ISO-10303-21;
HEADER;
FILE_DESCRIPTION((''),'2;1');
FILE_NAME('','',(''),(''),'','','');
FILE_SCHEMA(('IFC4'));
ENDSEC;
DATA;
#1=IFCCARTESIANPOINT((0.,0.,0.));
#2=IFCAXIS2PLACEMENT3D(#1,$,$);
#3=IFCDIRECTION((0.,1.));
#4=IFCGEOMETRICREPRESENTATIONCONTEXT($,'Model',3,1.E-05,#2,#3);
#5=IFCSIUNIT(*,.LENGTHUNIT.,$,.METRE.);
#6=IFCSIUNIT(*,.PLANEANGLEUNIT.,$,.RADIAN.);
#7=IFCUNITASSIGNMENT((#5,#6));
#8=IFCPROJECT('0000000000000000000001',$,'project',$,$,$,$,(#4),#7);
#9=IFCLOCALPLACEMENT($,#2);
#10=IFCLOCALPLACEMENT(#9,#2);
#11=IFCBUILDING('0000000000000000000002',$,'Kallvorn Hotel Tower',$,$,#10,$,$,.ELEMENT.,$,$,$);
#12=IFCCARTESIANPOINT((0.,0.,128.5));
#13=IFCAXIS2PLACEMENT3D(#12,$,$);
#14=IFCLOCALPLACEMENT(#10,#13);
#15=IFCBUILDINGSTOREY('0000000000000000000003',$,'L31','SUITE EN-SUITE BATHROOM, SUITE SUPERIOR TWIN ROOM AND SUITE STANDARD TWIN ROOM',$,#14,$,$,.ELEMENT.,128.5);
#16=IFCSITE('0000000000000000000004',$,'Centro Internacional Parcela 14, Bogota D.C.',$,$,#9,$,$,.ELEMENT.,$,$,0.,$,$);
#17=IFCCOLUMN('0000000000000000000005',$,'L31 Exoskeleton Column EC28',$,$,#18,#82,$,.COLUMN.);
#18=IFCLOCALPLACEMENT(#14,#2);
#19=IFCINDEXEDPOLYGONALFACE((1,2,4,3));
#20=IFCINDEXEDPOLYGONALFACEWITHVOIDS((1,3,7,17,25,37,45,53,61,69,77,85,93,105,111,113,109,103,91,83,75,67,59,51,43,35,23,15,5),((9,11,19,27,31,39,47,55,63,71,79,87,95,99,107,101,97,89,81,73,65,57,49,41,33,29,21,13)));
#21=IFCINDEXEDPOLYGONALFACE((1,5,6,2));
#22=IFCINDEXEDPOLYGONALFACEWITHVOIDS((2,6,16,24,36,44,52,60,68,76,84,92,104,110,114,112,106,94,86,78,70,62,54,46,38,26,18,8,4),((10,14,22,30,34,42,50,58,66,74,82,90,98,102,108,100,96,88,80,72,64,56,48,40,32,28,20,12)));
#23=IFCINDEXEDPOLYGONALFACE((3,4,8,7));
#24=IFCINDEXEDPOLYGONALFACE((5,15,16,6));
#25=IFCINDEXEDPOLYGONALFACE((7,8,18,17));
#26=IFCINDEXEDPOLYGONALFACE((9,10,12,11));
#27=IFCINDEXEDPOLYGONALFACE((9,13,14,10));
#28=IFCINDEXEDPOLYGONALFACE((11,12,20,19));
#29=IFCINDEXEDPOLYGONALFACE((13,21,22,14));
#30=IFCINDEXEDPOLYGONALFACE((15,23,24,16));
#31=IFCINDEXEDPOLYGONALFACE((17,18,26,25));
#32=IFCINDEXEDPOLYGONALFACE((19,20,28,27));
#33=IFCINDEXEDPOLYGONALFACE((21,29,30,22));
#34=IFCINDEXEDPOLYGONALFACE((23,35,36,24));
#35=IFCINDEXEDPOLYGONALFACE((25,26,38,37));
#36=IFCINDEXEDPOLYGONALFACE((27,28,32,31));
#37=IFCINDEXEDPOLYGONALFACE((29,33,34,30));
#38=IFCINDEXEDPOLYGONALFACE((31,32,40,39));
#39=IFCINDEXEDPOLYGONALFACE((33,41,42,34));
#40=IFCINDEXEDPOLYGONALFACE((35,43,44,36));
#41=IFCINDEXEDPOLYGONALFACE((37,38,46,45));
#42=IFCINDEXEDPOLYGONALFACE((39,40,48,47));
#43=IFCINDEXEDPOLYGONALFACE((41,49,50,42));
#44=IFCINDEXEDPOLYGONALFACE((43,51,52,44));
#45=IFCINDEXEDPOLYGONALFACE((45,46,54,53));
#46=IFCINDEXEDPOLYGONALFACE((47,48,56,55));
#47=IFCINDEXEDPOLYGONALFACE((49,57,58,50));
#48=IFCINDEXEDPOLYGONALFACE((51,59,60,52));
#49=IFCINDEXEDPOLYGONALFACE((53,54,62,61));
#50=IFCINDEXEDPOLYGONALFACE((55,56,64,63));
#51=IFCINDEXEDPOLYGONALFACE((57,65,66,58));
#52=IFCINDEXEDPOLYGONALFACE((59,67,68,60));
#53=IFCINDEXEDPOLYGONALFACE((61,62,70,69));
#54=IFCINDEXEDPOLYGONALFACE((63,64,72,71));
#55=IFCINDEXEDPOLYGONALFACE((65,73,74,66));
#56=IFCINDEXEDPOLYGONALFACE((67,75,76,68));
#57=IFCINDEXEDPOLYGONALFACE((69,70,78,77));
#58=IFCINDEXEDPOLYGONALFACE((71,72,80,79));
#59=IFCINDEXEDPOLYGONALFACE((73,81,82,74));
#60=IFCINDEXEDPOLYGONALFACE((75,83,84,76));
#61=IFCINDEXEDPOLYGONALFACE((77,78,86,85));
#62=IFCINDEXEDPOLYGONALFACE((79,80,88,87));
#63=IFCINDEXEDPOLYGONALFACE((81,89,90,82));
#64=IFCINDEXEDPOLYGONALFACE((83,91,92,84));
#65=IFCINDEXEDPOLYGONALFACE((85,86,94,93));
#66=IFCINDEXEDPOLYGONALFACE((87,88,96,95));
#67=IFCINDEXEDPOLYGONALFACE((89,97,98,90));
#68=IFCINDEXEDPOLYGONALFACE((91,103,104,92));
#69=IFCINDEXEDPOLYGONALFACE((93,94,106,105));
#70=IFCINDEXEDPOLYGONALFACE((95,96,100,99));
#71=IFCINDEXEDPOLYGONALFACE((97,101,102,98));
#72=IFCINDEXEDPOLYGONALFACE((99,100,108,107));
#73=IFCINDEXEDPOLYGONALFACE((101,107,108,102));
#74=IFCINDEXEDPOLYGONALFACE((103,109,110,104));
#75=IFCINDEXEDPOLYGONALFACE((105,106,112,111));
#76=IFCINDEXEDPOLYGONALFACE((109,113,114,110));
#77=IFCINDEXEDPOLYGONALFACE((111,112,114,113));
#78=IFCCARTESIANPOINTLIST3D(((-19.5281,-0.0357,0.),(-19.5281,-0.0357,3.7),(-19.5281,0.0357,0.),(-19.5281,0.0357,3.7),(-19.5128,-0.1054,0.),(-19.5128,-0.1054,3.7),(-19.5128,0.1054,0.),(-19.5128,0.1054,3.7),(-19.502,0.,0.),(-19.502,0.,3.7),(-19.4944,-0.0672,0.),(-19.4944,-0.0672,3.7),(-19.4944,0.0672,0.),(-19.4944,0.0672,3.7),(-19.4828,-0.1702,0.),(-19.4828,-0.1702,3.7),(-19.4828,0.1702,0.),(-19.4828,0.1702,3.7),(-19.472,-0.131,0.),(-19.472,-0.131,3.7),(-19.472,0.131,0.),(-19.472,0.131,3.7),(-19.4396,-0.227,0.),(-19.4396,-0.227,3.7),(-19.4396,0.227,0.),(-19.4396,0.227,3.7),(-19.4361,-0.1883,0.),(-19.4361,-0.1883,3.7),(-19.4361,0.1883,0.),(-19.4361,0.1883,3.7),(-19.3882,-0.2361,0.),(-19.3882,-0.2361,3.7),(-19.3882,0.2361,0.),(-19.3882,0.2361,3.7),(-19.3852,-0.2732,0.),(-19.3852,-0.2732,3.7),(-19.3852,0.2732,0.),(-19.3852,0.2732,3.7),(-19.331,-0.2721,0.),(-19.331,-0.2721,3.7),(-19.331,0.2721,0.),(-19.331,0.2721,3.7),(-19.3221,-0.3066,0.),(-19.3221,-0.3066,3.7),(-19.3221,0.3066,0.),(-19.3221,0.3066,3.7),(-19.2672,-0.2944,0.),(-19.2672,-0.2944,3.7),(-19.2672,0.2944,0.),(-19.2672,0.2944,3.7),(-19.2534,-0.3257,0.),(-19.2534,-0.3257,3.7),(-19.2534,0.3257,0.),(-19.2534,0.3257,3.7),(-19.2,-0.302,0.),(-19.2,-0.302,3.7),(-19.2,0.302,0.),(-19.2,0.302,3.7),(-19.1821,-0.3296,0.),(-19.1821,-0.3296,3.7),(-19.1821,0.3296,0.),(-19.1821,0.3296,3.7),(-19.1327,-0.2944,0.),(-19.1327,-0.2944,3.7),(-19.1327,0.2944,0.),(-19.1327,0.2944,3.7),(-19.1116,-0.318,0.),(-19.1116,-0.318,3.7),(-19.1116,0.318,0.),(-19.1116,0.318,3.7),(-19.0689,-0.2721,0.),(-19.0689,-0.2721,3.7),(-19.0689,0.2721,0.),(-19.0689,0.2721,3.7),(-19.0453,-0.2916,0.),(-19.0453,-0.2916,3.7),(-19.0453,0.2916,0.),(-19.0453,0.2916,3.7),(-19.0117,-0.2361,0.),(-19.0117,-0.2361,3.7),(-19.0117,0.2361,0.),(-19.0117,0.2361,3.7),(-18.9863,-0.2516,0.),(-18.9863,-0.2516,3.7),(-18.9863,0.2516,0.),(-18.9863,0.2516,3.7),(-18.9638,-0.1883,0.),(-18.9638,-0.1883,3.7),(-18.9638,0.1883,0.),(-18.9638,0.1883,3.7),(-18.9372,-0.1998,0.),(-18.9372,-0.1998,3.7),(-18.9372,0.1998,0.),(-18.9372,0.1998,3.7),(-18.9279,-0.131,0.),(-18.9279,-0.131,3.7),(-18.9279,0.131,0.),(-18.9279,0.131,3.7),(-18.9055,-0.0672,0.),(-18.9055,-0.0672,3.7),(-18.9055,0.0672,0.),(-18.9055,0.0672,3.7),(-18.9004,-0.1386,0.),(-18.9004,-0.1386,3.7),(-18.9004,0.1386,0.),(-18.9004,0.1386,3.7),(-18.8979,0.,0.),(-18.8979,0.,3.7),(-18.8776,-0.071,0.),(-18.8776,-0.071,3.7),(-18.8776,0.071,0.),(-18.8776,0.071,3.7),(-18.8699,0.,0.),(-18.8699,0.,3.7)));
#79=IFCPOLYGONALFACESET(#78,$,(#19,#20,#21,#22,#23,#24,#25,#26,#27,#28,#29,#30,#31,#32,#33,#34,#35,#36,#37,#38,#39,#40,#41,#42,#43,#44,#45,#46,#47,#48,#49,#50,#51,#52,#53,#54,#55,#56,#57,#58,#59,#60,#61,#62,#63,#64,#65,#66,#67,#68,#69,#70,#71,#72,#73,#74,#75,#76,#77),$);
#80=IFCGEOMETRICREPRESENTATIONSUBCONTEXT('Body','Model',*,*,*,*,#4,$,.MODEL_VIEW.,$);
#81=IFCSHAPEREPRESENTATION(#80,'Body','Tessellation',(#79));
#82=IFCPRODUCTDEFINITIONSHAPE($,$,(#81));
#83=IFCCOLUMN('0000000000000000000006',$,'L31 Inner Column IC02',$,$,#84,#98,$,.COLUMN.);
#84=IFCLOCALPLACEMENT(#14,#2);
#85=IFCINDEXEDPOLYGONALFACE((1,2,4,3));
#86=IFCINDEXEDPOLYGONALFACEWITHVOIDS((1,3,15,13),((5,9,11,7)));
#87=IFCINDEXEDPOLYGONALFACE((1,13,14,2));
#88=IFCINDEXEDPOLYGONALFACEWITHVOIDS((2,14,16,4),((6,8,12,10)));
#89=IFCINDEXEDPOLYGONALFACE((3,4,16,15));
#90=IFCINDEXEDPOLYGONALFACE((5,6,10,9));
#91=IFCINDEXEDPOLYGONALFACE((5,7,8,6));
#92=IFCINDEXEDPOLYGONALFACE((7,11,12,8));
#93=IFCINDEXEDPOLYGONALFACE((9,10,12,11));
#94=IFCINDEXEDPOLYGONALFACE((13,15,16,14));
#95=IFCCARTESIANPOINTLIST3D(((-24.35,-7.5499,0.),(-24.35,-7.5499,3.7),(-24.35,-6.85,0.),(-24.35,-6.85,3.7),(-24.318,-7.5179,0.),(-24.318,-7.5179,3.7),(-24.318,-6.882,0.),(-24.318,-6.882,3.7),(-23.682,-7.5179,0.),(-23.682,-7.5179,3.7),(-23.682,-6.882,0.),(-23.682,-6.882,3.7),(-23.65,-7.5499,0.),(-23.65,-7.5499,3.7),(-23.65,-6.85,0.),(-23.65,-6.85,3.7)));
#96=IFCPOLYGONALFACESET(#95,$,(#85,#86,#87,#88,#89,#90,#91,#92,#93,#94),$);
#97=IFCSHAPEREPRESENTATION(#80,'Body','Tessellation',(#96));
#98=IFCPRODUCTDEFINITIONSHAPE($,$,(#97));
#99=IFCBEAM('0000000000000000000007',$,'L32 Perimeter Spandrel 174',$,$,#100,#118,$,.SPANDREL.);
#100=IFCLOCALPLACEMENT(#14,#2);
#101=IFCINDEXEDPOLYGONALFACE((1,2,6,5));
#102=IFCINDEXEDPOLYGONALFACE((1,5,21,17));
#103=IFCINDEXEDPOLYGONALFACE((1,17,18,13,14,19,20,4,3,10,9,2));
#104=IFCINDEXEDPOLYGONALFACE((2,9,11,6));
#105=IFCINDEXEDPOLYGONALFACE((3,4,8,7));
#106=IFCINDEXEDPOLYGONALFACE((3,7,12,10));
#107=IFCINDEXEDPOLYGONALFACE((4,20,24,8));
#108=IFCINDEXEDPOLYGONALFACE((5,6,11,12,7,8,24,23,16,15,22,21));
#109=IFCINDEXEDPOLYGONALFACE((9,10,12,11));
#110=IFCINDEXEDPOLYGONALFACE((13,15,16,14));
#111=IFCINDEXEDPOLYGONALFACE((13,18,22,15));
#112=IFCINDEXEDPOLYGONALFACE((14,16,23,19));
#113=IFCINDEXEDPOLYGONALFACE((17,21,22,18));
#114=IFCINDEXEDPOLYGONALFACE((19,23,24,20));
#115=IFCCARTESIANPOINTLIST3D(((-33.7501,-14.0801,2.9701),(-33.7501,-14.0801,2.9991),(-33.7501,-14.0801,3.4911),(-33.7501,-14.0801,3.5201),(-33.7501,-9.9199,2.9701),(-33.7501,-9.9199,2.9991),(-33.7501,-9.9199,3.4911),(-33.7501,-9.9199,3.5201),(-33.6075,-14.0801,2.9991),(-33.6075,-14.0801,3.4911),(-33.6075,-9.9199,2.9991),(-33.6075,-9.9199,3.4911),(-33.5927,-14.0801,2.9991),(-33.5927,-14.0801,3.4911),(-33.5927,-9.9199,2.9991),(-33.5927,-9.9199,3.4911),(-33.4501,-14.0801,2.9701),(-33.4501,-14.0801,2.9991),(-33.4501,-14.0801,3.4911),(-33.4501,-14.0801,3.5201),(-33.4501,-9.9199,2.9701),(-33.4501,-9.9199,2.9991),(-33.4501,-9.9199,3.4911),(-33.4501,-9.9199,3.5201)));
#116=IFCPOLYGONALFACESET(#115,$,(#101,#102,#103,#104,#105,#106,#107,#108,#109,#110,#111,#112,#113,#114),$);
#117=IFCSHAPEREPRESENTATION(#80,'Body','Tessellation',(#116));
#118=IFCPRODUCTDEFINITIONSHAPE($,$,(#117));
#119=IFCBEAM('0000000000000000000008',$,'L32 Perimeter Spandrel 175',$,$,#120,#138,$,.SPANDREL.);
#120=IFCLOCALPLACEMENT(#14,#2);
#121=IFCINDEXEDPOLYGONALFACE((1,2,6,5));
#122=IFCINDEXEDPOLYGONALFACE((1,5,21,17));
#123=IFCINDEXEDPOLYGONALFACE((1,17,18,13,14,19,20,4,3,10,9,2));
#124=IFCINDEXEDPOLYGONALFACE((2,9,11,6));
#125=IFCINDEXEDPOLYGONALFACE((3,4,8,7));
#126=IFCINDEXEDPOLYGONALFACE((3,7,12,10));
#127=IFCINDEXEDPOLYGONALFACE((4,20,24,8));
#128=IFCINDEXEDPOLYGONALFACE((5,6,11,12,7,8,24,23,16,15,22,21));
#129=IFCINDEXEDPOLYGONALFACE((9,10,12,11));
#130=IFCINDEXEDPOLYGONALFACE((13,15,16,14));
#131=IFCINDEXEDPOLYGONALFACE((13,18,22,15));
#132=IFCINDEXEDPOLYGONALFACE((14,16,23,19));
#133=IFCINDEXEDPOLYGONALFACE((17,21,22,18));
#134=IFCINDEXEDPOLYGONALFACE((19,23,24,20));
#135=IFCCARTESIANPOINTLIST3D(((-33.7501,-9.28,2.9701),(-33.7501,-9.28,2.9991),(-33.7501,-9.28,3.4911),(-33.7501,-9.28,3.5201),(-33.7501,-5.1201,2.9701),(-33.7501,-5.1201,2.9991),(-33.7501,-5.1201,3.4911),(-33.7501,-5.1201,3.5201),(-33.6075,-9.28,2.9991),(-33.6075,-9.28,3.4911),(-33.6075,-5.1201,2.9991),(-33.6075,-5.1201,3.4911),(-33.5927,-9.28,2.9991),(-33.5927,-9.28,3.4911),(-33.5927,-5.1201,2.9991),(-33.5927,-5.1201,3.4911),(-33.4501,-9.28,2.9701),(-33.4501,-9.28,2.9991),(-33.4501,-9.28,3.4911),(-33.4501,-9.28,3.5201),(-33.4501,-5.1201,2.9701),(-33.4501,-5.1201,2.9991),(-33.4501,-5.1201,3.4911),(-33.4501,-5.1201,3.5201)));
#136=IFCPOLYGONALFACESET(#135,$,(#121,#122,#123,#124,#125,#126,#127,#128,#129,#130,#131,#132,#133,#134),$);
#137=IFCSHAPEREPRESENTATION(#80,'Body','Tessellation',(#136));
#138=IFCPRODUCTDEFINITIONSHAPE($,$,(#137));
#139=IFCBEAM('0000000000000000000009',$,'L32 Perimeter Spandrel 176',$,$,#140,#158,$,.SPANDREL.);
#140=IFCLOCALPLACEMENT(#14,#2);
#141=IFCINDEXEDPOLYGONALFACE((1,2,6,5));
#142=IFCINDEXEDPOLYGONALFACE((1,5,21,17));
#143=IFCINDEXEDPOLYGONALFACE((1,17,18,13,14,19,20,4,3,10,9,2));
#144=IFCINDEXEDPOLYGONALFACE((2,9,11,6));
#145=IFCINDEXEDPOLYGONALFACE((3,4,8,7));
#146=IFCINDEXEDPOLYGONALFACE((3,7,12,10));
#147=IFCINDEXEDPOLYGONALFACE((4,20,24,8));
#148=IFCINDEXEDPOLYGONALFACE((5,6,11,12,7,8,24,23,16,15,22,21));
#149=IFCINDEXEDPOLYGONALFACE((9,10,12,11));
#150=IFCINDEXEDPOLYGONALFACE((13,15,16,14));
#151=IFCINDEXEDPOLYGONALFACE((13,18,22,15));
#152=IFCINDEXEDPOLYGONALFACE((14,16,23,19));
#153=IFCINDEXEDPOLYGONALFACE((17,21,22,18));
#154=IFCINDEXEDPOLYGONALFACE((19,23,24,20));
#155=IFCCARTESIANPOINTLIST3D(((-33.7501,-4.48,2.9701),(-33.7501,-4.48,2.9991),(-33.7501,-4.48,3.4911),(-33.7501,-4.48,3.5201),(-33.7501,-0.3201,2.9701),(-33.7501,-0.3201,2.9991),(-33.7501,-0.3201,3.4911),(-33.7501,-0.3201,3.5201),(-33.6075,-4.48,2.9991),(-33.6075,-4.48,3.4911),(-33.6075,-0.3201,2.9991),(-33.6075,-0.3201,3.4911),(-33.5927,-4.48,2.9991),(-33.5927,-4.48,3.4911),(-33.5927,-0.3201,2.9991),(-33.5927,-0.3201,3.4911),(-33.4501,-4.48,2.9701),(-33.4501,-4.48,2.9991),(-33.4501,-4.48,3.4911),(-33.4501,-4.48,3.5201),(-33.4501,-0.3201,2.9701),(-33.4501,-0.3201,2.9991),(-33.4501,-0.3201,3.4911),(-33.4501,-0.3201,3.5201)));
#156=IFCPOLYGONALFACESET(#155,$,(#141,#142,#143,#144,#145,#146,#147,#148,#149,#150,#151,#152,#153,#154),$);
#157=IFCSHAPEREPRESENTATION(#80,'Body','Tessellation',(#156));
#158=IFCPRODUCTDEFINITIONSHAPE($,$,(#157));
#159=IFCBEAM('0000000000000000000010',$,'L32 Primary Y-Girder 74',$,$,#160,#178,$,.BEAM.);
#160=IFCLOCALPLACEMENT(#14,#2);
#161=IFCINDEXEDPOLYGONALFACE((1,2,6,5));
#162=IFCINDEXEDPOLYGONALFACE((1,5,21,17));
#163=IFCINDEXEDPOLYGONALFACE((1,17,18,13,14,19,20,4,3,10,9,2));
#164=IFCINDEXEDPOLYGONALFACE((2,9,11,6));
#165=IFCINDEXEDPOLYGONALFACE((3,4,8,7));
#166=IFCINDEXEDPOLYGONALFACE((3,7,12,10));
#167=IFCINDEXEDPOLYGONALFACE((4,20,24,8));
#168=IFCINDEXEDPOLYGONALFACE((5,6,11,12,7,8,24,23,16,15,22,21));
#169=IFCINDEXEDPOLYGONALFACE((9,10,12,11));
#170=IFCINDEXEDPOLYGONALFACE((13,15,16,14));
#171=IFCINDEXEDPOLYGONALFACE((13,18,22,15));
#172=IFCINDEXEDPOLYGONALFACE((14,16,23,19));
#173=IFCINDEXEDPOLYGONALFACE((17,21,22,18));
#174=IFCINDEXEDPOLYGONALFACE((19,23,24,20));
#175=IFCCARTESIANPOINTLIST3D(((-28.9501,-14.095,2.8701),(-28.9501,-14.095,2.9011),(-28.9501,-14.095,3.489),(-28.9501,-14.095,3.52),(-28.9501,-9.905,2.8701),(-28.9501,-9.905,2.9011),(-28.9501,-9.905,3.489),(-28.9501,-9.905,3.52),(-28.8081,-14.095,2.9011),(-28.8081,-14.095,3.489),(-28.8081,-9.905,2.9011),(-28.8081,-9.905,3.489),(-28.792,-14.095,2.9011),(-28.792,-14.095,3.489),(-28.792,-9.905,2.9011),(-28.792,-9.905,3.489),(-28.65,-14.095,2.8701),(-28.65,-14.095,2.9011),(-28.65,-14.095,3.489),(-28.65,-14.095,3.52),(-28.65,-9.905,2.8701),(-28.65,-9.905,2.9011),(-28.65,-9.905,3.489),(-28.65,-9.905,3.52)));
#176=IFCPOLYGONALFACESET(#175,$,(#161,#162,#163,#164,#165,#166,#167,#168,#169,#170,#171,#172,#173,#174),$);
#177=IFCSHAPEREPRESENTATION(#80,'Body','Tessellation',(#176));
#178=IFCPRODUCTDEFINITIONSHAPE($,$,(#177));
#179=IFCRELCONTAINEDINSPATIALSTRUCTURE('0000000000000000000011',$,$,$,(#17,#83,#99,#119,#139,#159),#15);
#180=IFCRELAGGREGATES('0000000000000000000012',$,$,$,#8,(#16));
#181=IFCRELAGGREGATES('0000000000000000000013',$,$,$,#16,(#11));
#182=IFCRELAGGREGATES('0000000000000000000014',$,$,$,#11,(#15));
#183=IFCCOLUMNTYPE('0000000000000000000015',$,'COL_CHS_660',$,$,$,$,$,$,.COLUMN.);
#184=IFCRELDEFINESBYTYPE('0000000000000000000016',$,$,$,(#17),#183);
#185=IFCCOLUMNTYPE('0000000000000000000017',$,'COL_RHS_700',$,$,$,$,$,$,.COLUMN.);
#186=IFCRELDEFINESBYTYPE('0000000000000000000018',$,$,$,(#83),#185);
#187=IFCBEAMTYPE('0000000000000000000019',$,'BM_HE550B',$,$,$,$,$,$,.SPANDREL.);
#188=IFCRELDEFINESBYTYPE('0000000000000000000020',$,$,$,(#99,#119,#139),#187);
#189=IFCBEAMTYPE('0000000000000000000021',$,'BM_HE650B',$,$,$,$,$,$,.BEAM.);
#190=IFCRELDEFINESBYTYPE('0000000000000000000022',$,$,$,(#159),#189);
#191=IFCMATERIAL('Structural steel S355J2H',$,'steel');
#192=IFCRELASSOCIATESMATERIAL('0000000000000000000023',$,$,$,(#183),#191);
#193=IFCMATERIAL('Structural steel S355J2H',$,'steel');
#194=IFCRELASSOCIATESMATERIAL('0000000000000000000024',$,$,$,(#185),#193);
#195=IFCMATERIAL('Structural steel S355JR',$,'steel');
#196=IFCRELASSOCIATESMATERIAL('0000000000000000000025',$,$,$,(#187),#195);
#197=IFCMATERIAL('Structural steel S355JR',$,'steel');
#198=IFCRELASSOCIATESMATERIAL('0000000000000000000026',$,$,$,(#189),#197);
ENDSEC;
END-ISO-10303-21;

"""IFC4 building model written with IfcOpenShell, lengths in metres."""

from ifc_helpers import new_model, si_unit, direction, frame, origin, origin_2d, place, context, subcontext, project, spatial, hollow_rectangle, hollow_circle, i_section, extrude, material, material_profile, profile_set, type_object, element, save


model = new_model("IFC4")

# Units and contexts
model_context = context("Model", 3, precision=1e-05, world=origin(), true_north=direction((0.0, 1.0)))
body_context = subcontext(model_context, "Body", "Model", "MODEL_VIEW")
ifc_project = project(units=[si_unit("LENGTHUNIT", "METRE"), si_unit("PLANEANGLEUNIT", "RADIAN")], contexts=[model_context])

# Site, building, storey
site_placement = place(None, origin())
site = spatial("IfcSite", under=ifc_project, at=site_placement, Name="Centro Internacional Parcela 14, Bogota D.C.", CompositionType="ELEMENT", RefElevation=0.0)
building_placement = place(site_placement, origin())
building = spatial("IfcBuilding", under=site, at=building_placement, Name="Kallvorn Hotel Tower", CompositionType="ELEMENT")
storey_placement = place(building_placement, frame((0.0, 0.0, 128.5)))
storey = spatial("IfcBuildingStorey", under=building, at=storey_placement, Name="L31", Description="SUITE EN-SUITE BATHROOM, SUITE SUPERIOR TWIN ROOM AND SUITE STANDARD TWIN ROOM", CompositionType="ELEMENT", Elevation=128.5)

# Columns
ifc_material_1 = material(Name="Structural steel S355J2H", Category="steel")
ifc_material_profile_1 = material_profile(ifc_material_1, hollow_circle(Radius=0.3301, WallThickness=0.0281, at=origin_2d()), Name="CHS 660x28")
ifc_profile_set_1 = profile_set([ifc_material_profile_1], Name="Structural steel S355J2H")
column_type_1 = type_object("IfcColumnType", Name="COL_CHS_660", PredefinedType="COLUMN", material=ifc_profile_set_1)
for number, where, z_axis, x_axis, name in (
    (1, (-19.2, 0.0, 0.0), (0.0, 0.0, 1.0), (1.0, 0.0, 0.0), "L31 Exoskeleton Column EC28"),
):
    element("IfcColumn", number, at=place(storey_placement, frame(where, z_axis=z_axis, x_axis=x_axis)), inside=storey, type_object=column_type_1, Name=name, PredefinedType="COLUMN", context=body_context, shape_type="SweptSolid", body=[
        extrude(hollow_circle(Radius=0.3301, WallThickness=0.0281, at=origin_2d()), origin(), (0.0, 0.0, 1.0), 3.7),
    ])
ifc_material_2 = material(Name="Structural steel S355J2H", Category="steel")
ifc_material_profile_2 = material_profile(ifc_material_2, hollow_rectangle(XDim=0.7, YDim=0.7, WallThickness=0.032, at=origin_2d()), Name="RHS 700x700x32")
ifc_profile_set_2 = profile_set([ifc_material_profile_2], Name="Structural steel S355J2H")
column_type_2 = type_object("IfcColumnType", Name="COL_RHS_700", PredefinedType="COLUMN", material=ifc_profile_set_2)
column_placement = place(storey_placement, frame((-24.0, -7.2, 0.0), z_axis=(0.0, 0.0, 1.0), x_axis=(1.0, 0.0, 0.0)))
element("IfcColumn", 2, at=column_placement, inside=storey, type_object=column_type_2, Name="L31 Inner Column IC02", PredefinedType="COLUMN", context=body_context, shape_type="SweptSolid", body=[
    extrude(hollow_rectangle(XDim=0.7, YDim=0.7, WallThickness=0.032, at=origin_2d()), origin(), (0.0, 0.0, 1.0), 3.7),
])

# Beams
ifc_material_3 = material(Name="Structural steel S355JR", Category="steel")
ifc_material_profile_3 = material_profile(ifc_material_3, i_section(OverallWidth=0.3, OverallDepth=0.55, WebThickness=0.0149, FlangeThickness=0.0291, at=origin_2d()), Name="HE 550 B")
ifc_profile_set_3 = profile_set([ifc_material_profile_3], Name="Structural steel S355JR")
beam_type_1 = type_object("IfcBeamType", Name="BM_HE550B", PredefinedType="SPANDREL", material=ifc_profile_set_3)
beam_1_placement = place(storey_placement, frame((-33.6001, -14.0801, 3.2451), z_axis=(0.0, 1.0, 0.0), x_axis=(-1.0, 0.0, 0.0)))
element("IfcBeam", 3, at=beam_1_placement, inside=storey, type_object=beam_type_1, Name="L32 Perimeter Spandrel 174", PredefinedType="SPANDREL", context=body_context, shape_type="SweptSolid", body=[
    extrude(i_section(OverallWidth=0.3, OverallDepth=0.55, WebThickness=0.0149, FlangeThickness=0.0291, at=origin_2d()), origin(), (0.0, 0.0, 1.0), 4.1602),
])
for number, where, z_axis, x_axis, name in (
    (4, (-33.6001, -9.28, 3.2451), (0.0, 1.0, 0.0), (-1.0, 0.0, 0.0), "L32 Perimeter Spandrel 175"),
    (5, (-33.6001, -4.48, 3.2451), (0.0, 1.0, 0.0), (-1.0, 0.0, 0.0), "L32 Perimeter Spandrel 176"),
):
    element("IfcBeam", number, at=place(storey_placement, frame(where, z_axis=z_axis, x_axis=x_axis)), inside=storey, type_object=beam_type_1, Name=name, PredefinedType="SPANDREL", context=body_context, shape_type="SweptSolid", body=[
        extrude(i_section(OverallWidth=0.3, OverallDepth=0.55, WebThickness=0.0149, FlangeThickness=0.0291, at=origin_2d()), origin(), (0.0, 0.0, 1.0), 4.1599),
    ])
ifc_material_4 = material(Name="Structural steel S355JR", Category="steel")
ifc_material_profile_4 = material_profile(ifc_material_4, i_section(OverallWidth=0.3, OverallDepth=0.6499, WebThickness=0.0161, FlangeThickness=0.031, at=origin_2d()), Name="HE 650 B")
ifc_profile_set_4 = profile_set([ifc_material_profile_4], Name="Structural steel S355JR")
beam_type_2 = type_object("IfcBeamType", Name="BM_HE650B", PredefinedType="BEAM", material=ifc_profile_set_4)
for number, where, z_axis, x_axis, name in (
    (6, (-28.8, -14.095, 3.1951), (0.0, 1.0, 0.0), (-1.0, 0.0, 0.0), "L32 Primary Y-Girder 74"),
):
    element("IfcBeam", number, at=place(storey_placement, frame(where, z_axis=z_axis, x_axis=x_axis)), inside=storey, type_object=beam_type_2, Name=name, PredefinedType="BEAM", context=body_context, shape_type="SweptSolid", body=[
        extrude(i_section(OverallWidth=0.3, OverallDepth=0.6499, WebThickness=0.0161, FlangeThickness=0.031, at=origin_2d()), origin(), (0.0, 0.0, 1.0), 4.1899),
    ])

save(model, "model.ifc")
